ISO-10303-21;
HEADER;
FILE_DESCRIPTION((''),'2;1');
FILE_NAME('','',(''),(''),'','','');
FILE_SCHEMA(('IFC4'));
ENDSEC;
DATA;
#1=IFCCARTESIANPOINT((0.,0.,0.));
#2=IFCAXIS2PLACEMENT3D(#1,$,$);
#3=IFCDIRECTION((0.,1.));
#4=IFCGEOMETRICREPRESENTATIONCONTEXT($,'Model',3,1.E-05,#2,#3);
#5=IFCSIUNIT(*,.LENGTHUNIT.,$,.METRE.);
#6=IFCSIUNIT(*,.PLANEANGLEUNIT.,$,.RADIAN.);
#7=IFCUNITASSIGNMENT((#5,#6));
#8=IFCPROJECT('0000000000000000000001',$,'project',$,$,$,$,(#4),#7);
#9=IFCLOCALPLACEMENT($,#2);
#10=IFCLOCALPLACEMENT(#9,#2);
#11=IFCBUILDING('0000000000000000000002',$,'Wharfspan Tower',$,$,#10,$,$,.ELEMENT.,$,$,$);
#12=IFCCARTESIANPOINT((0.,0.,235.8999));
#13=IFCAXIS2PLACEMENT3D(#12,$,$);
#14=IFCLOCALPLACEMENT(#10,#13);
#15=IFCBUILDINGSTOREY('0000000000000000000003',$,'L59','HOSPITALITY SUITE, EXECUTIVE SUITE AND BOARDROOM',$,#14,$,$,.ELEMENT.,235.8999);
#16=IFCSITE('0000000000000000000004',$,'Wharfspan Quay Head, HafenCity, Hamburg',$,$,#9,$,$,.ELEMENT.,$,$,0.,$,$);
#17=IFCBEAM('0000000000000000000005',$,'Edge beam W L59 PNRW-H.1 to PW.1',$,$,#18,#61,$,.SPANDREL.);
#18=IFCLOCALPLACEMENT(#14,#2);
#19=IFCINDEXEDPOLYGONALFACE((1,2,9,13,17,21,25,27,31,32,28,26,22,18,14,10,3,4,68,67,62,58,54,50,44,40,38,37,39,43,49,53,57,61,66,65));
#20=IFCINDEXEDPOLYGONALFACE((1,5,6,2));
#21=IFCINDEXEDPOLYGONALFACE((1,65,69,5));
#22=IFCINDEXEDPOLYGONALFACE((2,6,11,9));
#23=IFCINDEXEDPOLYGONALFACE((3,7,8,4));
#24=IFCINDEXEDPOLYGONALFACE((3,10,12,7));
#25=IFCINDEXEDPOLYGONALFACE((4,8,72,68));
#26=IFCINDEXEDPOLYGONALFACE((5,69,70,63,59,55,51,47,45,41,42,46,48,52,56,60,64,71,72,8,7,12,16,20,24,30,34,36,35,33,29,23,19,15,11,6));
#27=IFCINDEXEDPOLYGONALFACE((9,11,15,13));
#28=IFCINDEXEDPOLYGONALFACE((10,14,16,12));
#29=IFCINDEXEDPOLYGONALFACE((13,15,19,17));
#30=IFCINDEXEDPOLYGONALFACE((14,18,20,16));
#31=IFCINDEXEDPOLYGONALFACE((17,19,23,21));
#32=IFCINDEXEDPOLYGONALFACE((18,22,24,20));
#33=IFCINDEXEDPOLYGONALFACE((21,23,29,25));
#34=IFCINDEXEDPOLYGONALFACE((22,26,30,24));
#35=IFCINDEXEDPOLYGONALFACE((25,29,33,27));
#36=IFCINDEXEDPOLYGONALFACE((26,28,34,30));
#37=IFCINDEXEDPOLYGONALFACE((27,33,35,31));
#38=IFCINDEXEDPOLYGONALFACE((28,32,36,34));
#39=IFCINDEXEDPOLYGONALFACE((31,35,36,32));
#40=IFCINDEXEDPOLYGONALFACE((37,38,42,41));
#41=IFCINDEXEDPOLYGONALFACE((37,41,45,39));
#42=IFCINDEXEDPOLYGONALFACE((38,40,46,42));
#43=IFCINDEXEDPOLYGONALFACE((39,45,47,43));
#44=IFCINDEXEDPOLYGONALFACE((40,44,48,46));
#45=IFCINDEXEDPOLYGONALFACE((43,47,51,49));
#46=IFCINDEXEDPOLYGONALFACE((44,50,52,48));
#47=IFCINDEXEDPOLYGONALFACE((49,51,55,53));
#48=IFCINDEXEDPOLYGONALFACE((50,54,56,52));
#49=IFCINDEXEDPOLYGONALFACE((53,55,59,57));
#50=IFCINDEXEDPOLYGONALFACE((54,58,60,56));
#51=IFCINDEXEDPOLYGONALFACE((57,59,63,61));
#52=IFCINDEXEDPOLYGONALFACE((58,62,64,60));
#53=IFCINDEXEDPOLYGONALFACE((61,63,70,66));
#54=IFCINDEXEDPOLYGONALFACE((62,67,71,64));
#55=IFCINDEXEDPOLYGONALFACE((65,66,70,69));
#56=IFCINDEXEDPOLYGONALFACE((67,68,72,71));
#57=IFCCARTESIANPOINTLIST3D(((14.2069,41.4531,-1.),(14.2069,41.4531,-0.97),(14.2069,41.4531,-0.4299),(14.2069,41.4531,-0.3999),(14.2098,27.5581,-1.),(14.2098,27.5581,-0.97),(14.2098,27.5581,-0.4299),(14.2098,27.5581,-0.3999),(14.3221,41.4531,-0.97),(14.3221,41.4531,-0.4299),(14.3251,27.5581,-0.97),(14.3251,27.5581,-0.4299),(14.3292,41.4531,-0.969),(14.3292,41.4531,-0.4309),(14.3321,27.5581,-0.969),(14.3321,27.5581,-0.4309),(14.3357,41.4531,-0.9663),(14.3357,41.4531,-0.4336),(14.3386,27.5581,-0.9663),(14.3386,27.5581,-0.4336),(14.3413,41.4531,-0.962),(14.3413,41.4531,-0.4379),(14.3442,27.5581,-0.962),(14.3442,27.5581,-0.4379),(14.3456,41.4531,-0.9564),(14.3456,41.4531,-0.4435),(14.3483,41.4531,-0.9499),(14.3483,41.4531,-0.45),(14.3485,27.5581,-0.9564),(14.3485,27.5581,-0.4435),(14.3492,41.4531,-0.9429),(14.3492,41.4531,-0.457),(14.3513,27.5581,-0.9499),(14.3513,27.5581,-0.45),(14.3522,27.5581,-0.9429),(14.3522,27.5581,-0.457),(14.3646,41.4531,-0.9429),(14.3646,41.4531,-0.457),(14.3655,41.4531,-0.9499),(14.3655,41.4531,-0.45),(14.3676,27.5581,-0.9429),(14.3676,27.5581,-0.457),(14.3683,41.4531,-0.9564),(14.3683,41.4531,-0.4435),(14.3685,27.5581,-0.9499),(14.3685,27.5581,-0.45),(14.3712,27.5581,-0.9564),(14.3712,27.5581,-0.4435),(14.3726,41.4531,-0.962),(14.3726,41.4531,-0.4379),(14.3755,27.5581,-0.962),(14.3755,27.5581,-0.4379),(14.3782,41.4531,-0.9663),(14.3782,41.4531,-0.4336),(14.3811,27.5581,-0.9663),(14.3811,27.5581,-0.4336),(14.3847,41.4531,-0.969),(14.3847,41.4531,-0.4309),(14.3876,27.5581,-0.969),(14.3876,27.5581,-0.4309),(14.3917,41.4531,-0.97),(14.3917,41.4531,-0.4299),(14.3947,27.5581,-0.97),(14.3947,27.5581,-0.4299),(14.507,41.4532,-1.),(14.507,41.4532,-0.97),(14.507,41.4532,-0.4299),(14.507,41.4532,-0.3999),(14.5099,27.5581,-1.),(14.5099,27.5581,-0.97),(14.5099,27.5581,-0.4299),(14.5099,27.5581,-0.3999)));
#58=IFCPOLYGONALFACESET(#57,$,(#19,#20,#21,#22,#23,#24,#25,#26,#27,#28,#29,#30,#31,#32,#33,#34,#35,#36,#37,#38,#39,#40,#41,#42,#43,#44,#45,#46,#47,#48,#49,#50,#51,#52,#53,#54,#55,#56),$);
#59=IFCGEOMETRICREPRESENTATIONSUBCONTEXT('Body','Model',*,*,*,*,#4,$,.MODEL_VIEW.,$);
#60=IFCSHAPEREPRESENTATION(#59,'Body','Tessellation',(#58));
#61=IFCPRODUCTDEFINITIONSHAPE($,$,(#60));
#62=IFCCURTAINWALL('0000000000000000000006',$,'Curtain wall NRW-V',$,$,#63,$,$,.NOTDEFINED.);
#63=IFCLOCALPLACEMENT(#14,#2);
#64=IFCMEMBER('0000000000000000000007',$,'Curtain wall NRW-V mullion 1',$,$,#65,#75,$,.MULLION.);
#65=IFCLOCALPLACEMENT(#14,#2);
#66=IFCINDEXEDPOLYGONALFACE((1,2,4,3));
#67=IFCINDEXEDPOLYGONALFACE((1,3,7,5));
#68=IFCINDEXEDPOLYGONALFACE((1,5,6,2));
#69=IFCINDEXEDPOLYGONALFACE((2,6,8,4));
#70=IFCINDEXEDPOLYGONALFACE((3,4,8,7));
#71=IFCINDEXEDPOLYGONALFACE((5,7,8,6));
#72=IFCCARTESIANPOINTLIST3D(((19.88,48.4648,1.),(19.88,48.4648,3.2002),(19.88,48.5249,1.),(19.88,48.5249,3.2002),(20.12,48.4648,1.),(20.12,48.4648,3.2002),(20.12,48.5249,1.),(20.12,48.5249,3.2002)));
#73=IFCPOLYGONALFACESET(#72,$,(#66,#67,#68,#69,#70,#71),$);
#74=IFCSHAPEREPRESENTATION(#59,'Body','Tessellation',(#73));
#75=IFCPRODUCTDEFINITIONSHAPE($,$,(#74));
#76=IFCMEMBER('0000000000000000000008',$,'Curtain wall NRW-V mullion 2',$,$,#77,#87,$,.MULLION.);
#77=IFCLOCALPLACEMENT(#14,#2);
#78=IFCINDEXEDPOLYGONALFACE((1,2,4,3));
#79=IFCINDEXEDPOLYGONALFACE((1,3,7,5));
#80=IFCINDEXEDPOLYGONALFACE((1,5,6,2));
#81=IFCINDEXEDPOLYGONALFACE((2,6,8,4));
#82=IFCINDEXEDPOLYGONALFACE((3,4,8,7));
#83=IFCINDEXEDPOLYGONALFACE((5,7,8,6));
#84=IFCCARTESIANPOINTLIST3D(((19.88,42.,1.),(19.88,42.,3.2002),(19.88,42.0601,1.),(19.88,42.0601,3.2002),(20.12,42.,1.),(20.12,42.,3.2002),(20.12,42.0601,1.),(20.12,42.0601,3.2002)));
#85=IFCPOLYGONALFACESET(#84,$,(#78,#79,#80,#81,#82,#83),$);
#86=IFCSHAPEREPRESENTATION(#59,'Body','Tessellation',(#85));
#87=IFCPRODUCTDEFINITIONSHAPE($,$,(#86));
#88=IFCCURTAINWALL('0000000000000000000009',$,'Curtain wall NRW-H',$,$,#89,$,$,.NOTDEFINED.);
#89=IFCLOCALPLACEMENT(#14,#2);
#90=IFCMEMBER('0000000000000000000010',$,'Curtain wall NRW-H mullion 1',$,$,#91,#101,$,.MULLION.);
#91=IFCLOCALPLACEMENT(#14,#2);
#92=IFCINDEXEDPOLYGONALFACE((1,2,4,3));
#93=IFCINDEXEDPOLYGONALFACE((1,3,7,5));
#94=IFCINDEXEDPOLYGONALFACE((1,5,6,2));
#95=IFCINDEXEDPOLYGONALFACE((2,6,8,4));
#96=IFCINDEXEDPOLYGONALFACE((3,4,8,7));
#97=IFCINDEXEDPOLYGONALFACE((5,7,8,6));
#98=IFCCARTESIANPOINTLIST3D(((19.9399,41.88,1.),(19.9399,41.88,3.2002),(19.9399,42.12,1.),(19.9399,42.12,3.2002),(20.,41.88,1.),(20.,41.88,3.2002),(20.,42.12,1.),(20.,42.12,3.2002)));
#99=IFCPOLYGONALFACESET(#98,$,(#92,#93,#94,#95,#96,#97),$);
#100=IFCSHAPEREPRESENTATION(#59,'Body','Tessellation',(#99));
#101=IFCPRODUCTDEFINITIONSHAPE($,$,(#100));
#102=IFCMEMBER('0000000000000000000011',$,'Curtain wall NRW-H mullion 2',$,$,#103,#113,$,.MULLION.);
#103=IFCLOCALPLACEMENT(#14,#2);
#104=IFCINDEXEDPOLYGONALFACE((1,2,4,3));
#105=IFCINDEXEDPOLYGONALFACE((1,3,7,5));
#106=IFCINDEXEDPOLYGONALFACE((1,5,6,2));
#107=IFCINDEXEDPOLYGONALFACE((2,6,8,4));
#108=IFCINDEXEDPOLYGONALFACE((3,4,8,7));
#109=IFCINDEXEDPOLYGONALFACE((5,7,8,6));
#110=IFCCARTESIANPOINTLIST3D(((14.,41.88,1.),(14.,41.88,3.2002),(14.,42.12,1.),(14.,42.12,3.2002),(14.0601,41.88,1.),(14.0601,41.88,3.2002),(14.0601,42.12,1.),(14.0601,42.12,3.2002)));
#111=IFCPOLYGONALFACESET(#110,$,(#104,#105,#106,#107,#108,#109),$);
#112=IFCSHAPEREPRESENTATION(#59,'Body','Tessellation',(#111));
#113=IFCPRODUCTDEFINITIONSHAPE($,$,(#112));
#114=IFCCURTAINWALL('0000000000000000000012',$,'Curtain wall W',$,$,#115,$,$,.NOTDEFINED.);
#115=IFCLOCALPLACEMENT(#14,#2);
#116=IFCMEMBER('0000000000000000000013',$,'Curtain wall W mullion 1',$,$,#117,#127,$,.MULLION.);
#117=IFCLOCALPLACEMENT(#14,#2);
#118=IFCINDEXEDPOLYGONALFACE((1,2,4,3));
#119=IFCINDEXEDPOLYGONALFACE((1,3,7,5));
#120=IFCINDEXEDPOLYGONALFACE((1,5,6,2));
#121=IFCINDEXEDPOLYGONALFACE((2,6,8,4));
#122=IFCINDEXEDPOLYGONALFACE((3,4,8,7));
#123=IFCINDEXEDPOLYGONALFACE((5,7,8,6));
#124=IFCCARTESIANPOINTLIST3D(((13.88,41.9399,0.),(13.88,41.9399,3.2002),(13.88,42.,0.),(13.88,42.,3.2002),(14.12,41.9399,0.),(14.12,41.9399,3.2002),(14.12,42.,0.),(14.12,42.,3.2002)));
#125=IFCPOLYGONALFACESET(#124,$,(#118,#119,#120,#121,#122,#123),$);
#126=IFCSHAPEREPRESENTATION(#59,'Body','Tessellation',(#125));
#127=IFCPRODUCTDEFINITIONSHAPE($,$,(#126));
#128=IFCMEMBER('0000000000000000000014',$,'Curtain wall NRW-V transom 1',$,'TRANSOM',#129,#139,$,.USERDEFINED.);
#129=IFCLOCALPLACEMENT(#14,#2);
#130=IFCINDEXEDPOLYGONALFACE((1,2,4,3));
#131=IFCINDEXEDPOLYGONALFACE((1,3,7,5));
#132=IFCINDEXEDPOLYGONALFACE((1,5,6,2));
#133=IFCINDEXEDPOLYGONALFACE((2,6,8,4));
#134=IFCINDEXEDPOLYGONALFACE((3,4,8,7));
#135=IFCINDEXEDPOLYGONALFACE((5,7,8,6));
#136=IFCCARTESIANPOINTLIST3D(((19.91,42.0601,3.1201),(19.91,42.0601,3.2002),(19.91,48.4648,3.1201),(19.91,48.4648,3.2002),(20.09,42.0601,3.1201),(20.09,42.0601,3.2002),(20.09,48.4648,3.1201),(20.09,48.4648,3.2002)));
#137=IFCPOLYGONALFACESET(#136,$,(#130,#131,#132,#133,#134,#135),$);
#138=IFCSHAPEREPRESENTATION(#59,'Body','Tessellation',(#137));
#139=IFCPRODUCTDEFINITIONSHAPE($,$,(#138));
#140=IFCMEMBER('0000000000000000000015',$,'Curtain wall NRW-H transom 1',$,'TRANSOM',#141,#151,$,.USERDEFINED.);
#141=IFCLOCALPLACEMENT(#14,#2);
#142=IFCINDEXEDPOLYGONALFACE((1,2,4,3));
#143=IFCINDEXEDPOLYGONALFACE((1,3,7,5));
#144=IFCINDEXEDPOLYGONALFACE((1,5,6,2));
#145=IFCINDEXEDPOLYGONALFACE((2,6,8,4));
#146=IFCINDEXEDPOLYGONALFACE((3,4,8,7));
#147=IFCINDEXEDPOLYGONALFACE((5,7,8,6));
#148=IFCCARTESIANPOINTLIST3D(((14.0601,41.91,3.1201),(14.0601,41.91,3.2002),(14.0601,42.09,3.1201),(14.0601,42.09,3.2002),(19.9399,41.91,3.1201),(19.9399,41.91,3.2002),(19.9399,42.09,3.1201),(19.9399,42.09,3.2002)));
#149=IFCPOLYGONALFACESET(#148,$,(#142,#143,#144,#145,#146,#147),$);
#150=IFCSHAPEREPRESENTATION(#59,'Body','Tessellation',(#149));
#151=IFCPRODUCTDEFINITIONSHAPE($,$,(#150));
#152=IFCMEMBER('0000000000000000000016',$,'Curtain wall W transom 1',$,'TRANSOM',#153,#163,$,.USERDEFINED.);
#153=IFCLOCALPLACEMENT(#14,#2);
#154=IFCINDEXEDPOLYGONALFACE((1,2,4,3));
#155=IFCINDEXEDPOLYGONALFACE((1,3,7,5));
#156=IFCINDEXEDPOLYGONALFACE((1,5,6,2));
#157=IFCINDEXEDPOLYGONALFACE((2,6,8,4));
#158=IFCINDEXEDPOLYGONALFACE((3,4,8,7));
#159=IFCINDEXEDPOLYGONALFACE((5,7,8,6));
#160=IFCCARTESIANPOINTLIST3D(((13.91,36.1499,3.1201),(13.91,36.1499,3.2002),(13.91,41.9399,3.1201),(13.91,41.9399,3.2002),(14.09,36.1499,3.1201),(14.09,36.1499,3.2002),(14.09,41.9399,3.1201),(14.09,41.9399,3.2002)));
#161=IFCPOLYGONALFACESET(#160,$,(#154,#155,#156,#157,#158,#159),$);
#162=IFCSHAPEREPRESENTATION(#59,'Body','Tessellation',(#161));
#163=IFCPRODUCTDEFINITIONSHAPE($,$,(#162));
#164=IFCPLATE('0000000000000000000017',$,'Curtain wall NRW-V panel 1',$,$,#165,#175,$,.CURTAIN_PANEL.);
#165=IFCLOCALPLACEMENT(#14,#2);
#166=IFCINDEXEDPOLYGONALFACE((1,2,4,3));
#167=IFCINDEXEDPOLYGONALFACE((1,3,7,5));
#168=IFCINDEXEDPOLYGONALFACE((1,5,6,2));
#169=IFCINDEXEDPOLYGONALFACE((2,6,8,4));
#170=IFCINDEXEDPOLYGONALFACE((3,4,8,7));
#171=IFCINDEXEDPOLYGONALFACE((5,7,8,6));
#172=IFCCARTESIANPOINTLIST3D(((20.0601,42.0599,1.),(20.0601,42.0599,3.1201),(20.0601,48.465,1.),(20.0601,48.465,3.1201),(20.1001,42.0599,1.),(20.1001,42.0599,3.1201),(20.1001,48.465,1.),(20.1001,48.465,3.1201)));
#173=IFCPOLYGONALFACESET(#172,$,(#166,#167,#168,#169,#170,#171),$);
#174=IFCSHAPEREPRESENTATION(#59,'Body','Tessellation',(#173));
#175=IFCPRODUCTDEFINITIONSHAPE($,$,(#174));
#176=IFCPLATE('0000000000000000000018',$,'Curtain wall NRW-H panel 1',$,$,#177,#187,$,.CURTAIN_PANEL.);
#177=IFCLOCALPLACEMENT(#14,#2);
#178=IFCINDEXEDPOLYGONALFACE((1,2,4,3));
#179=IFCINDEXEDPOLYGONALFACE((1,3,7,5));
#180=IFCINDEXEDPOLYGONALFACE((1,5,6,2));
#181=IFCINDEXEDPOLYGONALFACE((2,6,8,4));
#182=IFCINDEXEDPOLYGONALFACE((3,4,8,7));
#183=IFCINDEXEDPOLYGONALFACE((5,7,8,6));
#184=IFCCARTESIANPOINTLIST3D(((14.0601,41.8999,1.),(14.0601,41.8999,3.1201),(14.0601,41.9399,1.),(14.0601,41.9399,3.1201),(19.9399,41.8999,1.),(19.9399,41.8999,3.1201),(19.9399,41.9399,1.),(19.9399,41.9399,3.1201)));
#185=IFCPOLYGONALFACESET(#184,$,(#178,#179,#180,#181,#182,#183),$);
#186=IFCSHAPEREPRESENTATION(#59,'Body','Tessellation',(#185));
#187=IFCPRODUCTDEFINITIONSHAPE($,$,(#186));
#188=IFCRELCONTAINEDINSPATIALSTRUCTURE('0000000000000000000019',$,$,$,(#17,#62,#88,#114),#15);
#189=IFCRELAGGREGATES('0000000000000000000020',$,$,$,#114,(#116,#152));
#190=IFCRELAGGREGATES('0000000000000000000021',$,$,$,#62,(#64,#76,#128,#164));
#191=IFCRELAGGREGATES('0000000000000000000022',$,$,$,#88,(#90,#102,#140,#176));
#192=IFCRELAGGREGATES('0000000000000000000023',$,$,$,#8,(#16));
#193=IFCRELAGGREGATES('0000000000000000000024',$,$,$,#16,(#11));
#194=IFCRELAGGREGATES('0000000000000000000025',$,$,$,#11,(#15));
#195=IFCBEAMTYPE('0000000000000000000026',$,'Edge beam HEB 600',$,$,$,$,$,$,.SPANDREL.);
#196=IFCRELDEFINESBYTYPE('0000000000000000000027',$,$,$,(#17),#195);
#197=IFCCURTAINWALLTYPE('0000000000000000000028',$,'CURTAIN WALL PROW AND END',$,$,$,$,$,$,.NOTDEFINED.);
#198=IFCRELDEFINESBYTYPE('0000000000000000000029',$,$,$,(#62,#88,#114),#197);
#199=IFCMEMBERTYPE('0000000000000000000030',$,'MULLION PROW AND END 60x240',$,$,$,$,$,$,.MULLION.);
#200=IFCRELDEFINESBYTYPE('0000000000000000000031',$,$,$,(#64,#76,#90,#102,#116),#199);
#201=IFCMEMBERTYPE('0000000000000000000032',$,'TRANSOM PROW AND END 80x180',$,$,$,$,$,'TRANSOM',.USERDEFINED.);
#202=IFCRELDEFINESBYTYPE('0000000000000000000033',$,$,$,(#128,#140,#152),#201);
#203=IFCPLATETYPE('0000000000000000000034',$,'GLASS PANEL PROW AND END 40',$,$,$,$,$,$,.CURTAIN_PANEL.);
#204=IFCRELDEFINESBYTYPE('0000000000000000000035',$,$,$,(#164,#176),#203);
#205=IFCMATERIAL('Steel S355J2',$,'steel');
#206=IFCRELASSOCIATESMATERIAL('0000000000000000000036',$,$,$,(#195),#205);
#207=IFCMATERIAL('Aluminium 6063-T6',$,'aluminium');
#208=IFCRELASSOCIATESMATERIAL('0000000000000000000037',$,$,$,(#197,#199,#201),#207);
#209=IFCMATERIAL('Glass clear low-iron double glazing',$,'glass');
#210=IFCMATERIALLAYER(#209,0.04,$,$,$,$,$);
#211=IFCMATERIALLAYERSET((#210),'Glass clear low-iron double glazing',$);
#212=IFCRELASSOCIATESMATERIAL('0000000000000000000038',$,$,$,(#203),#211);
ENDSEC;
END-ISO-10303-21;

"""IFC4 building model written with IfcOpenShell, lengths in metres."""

from ifc_helpers import new_model, si_unit, direction, frame, origin, origin_2d, place, context, subcontext, project, spatial, rectangle, i_section, extrude, material, layer, layer_set, material_profile, profile_set, type_object, element, aggregate, save


model = new_model("IFC4")

# Units and contexts
model_context = context("Model", 3, precision=1e-05, world=origin(), true_north=direction((0.0, 1.0)))
body_context = subcontext(model_context, "Body", "Model", "MODEL_VIEW")
ifc_project = project(units=[si_unit("LENGTHUNIT", "METRE"), si_unit("PLANEANGLEUNIT", "RADIAN")], contexts=[model_context])

# Site, building, storey
site_placement = place(None, origin())
site = spatial("IfcSite", under=ifc_project, at=site_placement, Name="Wharfspan Quay Head, HafenCity, Hamburg", CompositionType="ELEMENT", RefElevation=0.0)
building_placement = place(site_placement, origin())
building = spatial("IfcBuilding", under=site, at=building_placement, Name="Wharfspan Tower", CompositionType="ELEMENT")
storey_placement = place(building_placement, frame((0.0, 0.0, 235.8999)))
storey = spatial("IfcBuildingStorey", under=building, at=storey_placement, Name="L59", Description="HOSPITALITY SUITE, EXECUTIVE SUITE AND BOARDROOM", CompositionType="ELEMENT", Elevation=235.8999)

# Shared definitions
ifc_material_1 = material(Name="Steel S355J2", Category="steel")

# Beam
ifc_material_profile_1 = material_profile(ifc_material_1, i_section(OverallWidth=0.3, OverallDepth=0.6001, WebThickness=0.0154, FlangeThickness=0.03, FilletRadius=0.0271, at=origin_2d()))
ifc_profile_set_1 = profile_set([ifc_material_profile_1], Name="Steel S355J2")
beam_type = type_object("IfcBeamType", Name="Edge beam HEB 600", PredefinedType="SPANDREL", material=ifc_profile_set_1)
beam_placement = place(storey_placement, frame((14.3569, 41.4531, -0.7), z_axis=(0.000211, -1.0, 0.0), x_axis=(1.0, 0.000211, 0.0)))
element("IfcBeam", 1, at=beam_placement, inside=storey, type_object=beam_type, Name="Edge beam W L59 PNRW-H.1 to PW.1", PredefinedType="SPANDREL", context=body_context, shape_type="SweptSolid", body=[
    extrude(i_section(OverallWidth=0.3, OverallDepth=0.6001, WebThickness=0.0154, FlangeThickness=0.03, FilletRadius=0.0271, at=origin_2d()), origin(), (0.0, 0.0, 1.0), 13.895),
])

# Curtain walls, members
ifc_material_2 = material(Name="Aluminium 6063-T6", Category="aluminium")
curtain_wall_type = type_object("IfcCurtainWallType", Name="CURTAIN WALL PROW AND END", PredefinedType="NOTDEFINED", material=ifc_material_2)
curtain_wall_1_placement = place(storey_placement, origin())
curtain_wall_1 = element("IfcCurtainWall", 2, at=curtain_wall_1_placement, inside=storey, type_object=curtain_wall_type, Name="Curtain wall NRW-V", PredefinedType="NOTDEFINED")
ifc_material_profile_2 = material_profile(ifc_material_2, rectangle(XDim=0.24, YDim=0.0601, at=origin_2d()))
ifc_profile_set_2 = profile_set([ifc_material_profile_2], Name="Aluminium 6063-T6")
member_type_1 = type_object("IfcMemberType", Name="MULLION PROW AND END 60x240", PredefinedType="MULLION", material=ifc_profile_set_2)
member_1_placement = place(storey_placement, frame((20.0, 48.4949, 1.0), z_axis=(0.0, 0.0, 1.0), x_axis=(1.0, 0.0, 0.0)))
member_1 = element("IfcMember", 3, at=member_1_placement, type_object=member_type_1, Name="Curtain wall NRW-V mullion 1", PredefinedType="MULLION", context=body_context, shape_type="SweptSolid", body=[
    extrude(rectangle(XDim=0.24, YDim=0.0601, at=origin_2d()), origin(), (0.0, 0.0, 1.0), 2.2002),
])
member_2_placement = place(storey_placement, frame((20.0, 42.03, 1.0), z_axis=(0.0, 0.0, 1.0), x_axis=(1.0, 0.0, 0.0)))
member_2 = element("IfcMember", 4, at=member_2_placement, type_object=member_type_1, Name="Curtain wall NRW-V mullion 2", PredefinedType="MULLION", context=body_context, shape_type="SweptSolid", body=[
    extrude(rectangle(XDim=0.24, YDim=0.0601, at=origin_2d()), origin(), (0.0, 0.0, 1.0), 2.2002),
])
curtain_wall_2_placement = place(storey_placement, origin())
curtain_wall_2 = element("IfcCurtainWall", 5, at=curtain_wall_2_placement, inside=storey, type_object=curtain_wall_type, Name="Curtain wall NRW-H", PredefinedType="NOTDEFINED")
member_3_placement = place(storey_placement, frame((19.97, 42.0, 1.0), z_axis=(0.0, 0.0, 1.0), x_axis=(0.0, -1.0, 0.0)))
member_3 = element("IfcMember", 6, at=member_3_placement, type_object=member_type_1, Name="Curtain wall NRW-H mullion 1", PredefinedType="MULLION", context=body_context, shape_type="SweptSolid", body=[
    extrude(rectangle(XDim=0.24, YDim=0.0601, at=origin_2d()), origin(), (0.0, 0.0, 1.0), 2.2002),
])
member_4_placement = place(storey_placement, frame((14.03, 42.0, 1.0), z_axis=(0.0, 0.0, 1.0), x_axis=(0.0, -1.0, 0.0)))
member_4 = element("IfcMember", 7, at=member_4_placement, type_object=member_type_1, Name="Curtain wall NRW-H mullion 2", PredefinedType="MULLION", context=body_context, shape_type="SweptSolid", body=[
    extrude(rectangle(XDim=0.24, YDim=0.0601, at=origin_2d()), origin(), (0.0, 0.0, 1.0), 2.2002),
])

# Curtain wall, member
curtain_wall_3_placement = place(storey_placement, origin())
curtain_wall_3 = element("IfcCurtainWall", 8, at=curtain_wall_3_placement, inside=storey, type_object=curtain_wall_type, Name="Curtain wall W", PredefinedType="NOTDEFINED")
member_5_placement = place(storey_placement, frame((14.0, 41.97, 0.0), z_axis=(0.0, 0.0, 1.0), x_axis=(1.0, 0.0, 0.0)))
member_5 = element("IfcMember", 9, at=member_5_placement, type_object=member_type_1, Name="Curtain wall W mullion 1", PredefinedType="MULLION", context=body_context, shape_type="SweptSolid", body=[
    extrude(rectangle(XDim=0.24, YDim=0.0601, at=origin_2d()), origin(), (0.0, 0.0, 1.0), 3.2002),
])

# Members
ifc_material_profile_3 = material_profile(ifc_material_2, rectangle(XDim=0.1799, YDim=0.0801, at=origin_2d()))
ifc_profile_set_3 = profile_set([ifc_material_profile_3], Name="Aluminium 6063-T6")
member_type_2 = type_object("IfcMemberType", Name="TRANSOM PROW AND END 80x180", ElementType="TRANSOM", PredefinedType="USERDEFINED", material=ifc_profile_set_3)
member_6_placement = place(storey_placement, frame((20.0, 48.4648, 3.1602), z_axis=(0.0, -1.0, 0.0), x_axis=(1.0, 0.0, 0.0)))
member_6 = element("IfcMember", 10, at=member_6_placement, type_object=member_type_2, Name="Curtain wall NRW-V transom 1", ObjectType="TRANSOM", PredefinedType="USERDEFINED", context=body_context, shape_type="SweptSolid", body=[
    extrude(rectangle(XDim=0.1799, YDim=0.0801, at=origin_2d()), origin(), (0.0, 0.0, 1.0), 6.4048),
])
member_7_placement = place(storey_placement, frame((19.9399, 42.0, 3.1602), z_axis=(-1.0, 0.0, 0.0), x_axis=(0.0, -1.0, 0.0)))
member_7 = element("IfcMember", 11, at=member_7_placement, type_object=member_type_2, Name="Curtain wall NRW-H transom 1", ObjectType="TRANSOM", PredefinedType="USERDEFINED", context=body_context, shape_type="SweptSolid", body=[
    extrude(rectangle(XDim=0.1799, YDim=0.0801, at=origin_2d()), origin(), (0.0, 0.0, 1.0), 5.8799),
])
member_8_placement = place(storey_placement, frame((14.0, 41.9399, 3.1602), z_axis=(0.0, -1.0, 0.0), x_axis=(1.0, 0.0, 0.0)))
member_8 = element("IfcMember", 12, at=member_8_placement, type_object=member_type_2, Name="Curtain wall W transom 1", ObjectType="TRANSOM", PredefinedType="USERDEFINED", context=body_context, shape_type="SweptSolid", body=[
    extrude(rectangle(XDim=0.1799, YDim=0.0801, at=origin_2d()), origin(), (0.0, 0.0, 1.0), 5.79),
])
aggregate(curtain_wall_3, [member_5, member_8])

# Plates
ifc_material_3 = material(Name="Glass clear low-iron double glazing", Category="glass")
ifc_layer_1 = layer(ifc_material_3, 0.04)
ifc_layer_set_1 = layer_set([ifc_layer_1], Name="Glass clear low-iron double glazing")
plate_type = type_object("IfcPlateType", Name="GLASS PANEL PROW AND END 40", PredefinedType="CURTAIN_PANEL", material=ifc_layer_set_1)
plate_1_placement = place(storey_placement, frame((20.0801, 45.2625, 1.0), z_axis=(0.0, 0.0, 1.0), x_axis=(0.0, -1.0, 0.0)))
plate_1 = element("IfcPlate", 13, at=plate_1_placement, type_object=plate_type, Name="Curtain wall NRW-V panel 1", PredefinedType="CURTAIN_PANEL", context=body_context, shape_type="SweptSolid", body=[
    extrude(rectangle(XDim=6.405, YDim=0.04, at=origin_2d()), origin(), (0.0, 0.0, 1.0), 2.1201),
])
aggregate(curtain_wall_1, [member_1, member_2, member_6, plate_1])
plate_2_placement = place(storey_placement, frame((17.0, 41.9199, 1.0), z_axis=(0.0, 0.0, 1.0), x_axis=(-1.0, 0.0, 0.0)))
plate_2 = element("IfcPlate", 14, at=plate_2_placement, type_object=plate_type, Name="Curtain wall NRW-H panel 1", PredefinedType="CURTAIN_PANEL", context=body_context, shape_type="SweptSolid", body=[
    extrude(rectangle(XDim=5.8799, YDim=0.04, at=origin_2d()), origin(), (0.0, 0.0, 1.0), 2.1201),
])
aggregate(curtain_wall_2, [member_3, member_4, member_7, plate_2])

save(model, "model.ifc")
